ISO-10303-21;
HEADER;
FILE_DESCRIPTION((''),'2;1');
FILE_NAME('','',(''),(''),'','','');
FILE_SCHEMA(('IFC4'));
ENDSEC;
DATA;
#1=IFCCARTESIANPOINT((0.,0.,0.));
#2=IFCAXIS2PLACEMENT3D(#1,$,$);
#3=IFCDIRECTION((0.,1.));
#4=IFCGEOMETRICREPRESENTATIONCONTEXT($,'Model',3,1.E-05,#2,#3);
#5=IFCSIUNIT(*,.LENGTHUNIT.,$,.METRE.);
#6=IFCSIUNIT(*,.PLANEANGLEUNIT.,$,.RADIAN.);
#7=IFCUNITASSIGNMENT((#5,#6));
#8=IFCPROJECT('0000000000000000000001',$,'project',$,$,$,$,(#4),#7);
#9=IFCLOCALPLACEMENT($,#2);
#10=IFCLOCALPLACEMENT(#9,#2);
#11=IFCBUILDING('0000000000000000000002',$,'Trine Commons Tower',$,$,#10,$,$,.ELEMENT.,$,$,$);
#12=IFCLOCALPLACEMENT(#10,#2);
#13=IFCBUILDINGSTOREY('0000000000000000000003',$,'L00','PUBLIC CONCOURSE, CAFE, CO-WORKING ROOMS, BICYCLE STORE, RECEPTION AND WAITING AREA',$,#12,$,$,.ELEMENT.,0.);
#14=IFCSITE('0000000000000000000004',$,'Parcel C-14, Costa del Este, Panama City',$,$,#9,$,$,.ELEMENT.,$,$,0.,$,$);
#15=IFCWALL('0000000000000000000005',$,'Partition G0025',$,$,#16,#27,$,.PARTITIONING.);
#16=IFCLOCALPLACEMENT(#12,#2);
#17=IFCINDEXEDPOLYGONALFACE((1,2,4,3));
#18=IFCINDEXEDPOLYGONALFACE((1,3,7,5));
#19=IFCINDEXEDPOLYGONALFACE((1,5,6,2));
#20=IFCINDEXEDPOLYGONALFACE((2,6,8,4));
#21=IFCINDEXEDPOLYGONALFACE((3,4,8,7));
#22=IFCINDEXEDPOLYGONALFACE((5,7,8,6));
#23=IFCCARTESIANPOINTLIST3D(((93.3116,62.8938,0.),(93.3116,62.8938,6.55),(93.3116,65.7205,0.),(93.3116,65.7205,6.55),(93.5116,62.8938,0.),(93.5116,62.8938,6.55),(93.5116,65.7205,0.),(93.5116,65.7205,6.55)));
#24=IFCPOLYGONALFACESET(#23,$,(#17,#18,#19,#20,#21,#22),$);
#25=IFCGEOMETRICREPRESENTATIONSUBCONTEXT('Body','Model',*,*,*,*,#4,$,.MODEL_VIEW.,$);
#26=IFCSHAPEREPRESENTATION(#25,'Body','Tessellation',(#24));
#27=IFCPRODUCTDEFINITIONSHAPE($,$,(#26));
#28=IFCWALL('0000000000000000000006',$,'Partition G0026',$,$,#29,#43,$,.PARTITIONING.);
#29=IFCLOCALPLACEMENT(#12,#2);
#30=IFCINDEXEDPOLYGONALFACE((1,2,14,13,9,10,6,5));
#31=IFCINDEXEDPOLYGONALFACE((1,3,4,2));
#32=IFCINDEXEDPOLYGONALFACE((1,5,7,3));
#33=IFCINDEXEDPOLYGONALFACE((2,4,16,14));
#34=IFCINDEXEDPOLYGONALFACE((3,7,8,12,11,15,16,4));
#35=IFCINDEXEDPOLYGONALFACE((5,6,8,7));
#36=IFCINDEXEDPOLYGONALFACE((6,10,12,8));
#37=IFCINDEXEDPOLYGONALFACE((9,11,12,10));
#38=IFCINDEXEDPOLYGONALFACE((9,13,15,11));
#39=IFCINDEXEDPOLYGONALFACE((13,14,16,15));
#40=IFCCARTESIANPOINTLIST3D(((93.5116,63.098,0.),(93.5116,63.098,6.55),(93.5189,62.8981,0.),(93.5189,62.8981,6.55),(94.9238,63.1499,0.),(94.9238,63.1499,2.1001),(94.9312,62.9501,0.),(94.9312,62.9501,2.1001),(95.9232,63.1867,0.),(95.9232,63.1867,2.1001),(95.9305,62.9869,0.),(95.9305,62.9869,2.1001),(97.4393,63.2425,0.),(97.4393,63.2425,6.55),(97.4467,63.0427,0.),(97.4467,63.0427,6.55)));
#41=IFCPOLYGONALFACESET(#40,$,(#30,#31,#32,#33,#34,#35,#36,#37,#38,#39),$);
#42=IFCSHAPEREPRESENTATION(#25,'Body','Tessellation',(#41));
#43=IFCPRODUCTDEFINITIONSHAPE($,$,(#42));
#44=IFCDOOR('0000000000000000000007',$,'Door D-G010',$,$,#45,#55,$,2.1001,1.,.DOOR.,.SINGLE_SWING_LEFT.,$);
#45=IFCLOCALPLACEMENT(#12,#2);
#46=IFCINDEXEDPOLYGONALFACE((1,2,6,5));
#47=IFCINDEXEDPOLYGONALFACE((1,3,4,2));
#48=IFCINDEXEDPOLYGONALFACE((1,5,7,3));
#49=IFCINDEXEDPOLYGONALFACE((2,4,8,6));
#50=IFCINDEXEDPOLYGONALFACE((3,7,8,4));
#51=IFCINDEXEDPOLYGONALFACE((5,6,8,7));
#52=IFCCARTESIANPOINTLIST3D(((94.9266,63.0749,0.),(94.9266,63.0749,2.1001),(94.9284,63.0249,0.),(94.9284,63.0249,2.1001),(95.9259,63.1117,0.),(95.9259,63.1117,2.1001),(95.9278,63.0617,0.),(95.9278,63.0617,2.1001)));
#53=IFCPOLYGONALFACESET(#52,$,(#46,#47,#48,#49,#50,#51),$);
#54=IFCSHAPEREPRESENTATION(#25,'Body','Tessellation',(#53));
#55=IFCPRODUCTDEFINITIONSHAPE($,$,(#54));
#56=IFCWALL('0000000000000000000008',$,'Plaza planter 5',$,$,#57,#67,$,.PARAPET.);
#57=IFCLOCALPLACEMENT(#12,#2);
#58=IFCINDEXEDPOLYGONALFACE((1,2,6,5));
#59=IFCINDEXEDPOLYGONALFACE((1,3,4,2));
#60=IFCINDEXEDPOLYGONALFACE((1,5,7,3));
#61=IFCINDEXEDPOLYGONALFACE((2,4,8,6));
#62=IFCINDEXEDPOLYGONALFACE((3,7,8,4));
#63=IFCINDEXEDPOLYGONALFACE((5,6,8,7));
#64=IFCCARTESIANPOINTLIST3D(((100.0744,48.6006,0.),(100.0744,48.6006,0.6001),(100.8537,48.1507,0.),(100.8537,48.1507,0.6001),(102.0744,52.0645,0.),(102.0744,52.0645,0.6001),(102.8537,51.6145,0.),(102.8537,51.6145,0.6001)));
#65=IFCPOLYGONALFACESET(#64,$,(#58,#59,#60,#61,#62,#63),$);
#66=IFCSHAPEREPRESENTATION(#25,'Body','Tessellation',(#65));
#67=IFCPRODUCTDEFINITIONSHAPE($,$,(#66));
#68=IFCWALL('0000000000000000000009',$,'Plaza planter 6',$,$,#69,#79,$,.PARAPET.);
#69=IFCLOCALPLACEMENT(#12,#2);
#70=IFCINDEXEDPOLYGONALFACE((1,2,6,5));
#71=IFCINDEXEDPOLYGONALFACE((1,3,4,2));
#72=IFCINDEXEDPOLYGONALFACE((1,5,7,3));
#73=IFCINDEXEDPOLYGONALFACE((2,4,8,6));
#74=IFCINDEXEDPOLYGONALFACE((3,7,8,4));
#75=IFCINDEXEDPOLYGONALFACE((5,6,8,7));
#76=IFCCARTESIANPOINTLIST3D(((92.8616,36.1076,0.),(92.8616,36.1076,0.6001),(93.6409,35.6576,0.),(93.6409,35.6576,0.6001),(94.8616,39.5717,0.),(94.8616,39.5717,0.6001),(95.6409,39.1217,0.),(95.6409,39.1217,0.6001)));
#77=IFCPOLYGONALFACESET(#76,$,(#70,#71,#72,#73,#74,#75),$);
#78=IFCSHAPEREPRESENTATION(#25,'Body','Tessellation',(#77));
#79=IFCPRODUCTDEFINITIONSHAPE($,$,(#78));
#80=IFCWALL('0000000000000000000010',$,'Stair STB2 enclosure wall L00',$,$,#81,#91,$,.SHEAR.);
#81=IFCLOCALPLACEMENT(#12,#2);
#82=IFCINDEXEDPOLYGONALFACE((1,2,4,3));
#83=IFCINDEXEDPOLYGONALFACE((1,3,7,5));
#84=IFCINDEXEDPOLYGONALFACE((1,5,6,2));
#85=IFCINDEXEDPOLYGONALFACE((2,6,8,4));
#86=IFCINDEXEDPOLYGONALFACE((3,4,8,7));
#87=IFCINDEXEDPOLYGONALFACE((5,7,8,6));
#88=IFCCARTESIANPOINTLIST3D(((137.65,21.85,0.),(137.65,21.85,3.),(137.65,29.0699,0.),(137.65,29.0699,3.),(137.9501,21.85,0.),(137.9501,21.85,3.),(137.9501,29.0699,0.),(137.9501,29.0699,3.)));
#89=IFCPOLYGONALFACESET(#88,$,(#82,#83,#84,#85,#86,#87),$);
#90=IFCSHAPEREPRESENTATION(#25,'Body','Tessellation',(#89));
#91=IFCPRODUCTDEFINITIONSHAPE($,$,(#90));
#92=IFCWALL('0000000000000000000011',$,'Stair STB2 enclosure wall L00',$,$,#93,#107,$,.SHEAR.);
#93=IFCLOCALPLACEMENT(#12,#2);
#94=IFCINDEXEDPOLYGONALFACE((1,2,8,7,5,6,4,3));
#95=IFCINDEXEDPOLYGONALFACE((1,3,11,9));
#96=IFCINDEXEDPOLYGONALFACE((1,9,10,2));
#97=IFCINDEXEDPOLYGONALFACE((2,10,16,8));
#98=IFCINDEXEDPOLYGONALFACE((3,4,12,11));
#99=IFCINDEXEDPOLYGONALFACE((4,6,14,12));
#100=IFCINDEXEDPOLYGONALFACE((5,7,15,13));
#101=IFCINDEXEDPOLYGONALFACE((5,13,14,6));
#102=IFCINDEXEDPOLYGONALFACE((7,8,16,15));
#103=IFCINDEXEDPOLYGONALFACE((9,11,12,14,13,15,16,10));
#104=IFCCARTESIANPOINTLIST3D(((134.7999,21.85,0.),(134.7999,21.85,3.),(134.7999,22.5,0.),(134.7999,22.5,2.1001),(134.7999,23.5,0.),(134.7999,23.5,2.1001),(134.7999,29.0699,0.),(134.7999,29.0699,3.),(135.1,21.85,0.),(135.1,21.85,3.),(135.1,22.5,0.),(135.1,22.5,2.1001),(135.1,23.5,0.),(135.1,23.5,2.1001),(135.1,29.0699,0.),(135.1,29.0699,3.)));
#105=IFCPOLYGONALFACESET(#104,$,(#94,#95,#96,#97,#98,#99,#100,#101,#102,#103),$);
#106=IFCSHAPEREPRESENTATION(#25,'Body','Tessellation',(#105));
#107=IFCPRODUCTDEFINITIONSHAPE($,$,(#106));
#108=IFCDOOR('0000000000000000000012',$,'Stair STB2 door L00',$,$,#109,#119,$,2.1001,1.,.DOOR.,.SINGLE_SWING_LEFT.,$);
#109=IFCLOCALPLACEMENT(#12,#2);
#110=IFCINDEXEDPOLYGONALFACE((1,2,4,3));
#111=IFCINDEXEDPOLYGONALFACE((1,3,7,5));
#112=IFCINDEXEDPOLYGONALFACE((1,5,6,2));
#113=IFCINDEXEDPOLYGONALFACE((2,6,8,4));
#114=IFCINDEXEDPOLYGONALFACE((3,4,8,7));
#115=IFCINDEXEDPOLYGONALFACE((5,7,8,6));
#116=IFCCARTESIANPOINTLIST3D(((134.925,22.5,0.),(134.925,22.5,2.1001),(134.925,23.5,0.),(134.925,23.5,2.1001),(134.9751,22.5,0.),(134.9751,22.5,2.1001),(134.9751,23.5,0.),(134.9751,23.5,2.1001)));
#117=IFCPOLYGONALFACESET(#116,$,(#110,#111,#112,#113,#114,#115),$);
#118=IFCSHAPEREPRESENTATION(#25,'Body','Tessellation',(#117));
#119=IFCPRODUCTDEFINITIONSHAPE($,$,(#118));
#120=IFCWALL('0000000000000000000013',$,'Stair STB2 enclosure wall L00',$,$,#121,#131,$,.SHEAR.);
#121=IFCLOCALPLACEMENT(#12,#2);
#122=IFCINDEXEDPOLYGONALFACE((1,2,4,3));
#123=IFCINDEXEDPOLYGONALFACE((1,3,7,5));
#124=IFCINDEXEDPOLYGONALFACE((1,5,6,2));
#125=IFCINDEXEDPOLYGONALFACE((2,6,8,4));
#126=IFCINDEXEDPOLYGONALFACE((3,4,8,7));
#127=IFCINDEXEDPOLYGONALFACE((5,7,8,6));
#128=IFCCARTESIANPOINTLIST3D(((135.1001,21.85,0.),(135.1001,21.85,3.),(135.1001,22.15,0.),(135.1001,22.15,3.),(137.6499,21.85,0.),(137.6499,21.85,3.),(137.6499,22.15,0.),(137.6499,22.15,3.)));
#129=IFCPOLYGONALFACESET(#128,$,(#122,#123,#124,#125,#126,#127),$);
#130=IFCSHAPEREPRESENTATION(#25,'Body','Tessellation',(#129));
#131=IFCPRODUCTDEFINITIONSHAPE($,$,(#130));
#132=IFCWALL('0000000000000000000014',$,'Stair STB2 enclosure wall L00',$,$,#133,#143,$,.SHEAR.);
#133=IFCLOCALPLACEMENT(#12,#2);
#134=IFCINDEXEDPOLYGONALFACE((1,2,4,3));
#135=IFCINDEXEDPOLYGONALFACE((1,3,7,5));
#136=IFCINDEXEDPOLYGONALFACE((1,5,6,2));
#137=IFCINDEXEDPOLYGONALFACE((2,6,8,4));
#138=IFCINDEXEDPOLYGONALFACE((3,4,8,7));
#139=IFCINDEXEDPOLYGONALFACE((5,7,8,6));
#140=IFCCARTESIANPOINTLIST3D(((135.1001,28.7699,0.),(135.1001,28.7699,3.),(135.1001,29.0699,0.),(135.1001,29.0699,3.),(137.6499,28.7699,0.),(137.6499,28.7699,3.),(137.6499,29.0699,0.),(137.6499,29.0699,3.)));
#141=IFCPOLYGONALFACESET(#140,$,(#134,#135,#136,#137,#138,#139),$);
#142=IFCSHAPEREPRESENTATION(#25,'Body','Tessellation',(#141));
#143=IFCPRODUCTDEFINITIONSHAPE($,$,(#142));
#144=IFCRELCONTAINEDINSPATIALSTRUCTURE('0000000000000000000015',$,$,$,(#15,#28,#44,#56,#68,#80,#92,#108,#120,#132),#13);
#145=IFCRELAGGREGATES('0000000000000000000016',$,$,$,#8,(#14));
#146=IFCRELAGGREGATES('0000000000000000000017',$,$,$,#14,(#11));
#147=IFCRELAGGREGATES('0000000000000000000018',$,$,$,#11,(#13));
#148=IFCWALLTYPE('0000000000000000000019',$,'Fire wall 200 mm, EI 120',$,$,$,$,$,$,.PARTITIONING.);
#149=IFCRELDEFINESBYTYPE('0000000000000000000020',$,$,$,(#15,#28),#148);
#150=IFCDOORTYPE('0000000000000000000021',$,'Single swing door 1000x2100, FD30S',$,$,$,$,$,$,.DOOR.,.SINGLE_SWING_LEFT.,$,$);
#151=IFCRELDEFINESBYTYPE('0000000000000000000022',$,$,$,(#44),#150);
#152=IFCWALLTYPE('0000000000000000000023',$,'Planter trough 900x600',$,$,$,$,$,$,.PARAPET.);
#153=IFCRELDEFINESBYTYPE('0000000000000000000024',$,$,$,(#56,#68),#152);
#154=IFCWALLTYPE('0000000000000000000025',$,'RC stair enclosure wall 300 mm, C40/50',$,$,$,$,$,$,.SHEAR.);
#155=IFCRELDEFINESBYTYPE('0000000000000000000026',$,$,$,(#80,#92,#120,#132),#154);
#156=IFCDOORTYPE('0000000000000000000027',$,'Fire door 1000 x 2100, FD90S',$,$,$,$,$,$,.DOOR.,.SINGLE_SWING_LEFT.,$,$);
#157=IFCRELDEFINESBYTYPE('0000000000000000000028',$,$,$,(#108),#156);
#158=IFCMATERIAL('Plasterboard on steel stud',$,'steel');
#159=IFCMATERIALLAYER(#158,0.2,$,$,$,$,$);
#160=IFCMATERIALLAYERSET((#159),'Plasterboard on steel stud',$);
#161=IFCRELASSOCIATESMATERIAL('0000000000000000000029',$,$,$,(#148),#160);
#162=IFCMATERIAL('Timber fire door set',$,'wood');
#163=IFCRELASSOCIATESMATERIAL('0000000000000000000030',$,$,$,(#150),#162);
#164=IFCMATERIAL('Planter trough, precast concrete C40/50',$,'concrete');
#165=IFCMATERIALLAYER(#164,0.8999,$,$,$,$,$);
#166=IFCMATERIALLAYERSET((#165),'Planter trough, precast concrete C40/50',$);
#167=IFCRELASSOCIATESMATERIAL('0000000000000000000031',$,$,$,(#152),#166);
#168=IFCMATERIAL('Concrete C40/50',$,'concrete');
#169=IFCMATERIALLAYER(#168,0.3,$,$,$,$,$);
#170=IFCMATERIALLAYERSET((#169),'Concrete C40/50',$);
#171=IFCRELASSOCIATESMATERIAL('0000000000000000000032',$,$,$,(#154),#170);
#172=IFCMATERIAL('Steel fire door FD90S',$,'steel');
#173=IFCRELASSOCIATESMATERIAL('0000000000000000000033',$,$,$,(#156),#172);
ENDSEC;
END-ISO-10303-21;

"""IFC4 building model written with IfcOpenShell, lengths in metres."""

from ifc_helpers import new_model, si_unit, direction, frame, frame_2d, origin, place, context, subcontext, project, spatial, rectangle, extrude, material, layer, layer_set, type_object, element, fill, save


model = new_model("IFC4")

# Units and contexts
model_context = context("Model", 3, precision=1e-05, world=origin(), true_north=direction((0.0, 1.0)))
body_context = subcontext(model_context, "Body", "Model", "MODEL_VIEW")
ifc_project = project(units=[si_unit("LENGTHUNIT", "METRE"), si_unit("PLANEANGLEUNIT", "RADIAN")], contexts=[model_context])

# Site, building, storey
site_placement = place(None, origin())
site = spatial("IfcSite", under=ifc_project, at=site_placement, Name="Parcel C-14, Costa del Este, Panama City", CompositionType="ELEMENT", RefElevation=0.0)
building_placement = place(site_placement, origin())
building = spatial("IfcBuilding", under=site, at=building_placement, Name="Trine Commons Tower", CompositionType="ELEMENT")
storey_placement = place(building_placement, origin())
storey = spatial("IfcBuildingStorey", under=building, at=storey_placement, Name="L00", Description="PUBLIC CONCOURSE, CAFE, CO-WORKING ROOMS, BICYCLE STORE, RECEPTION AND WAITING AREA", CompositionType="ELEMENT", Elevation=0.0)

# Wall
ifc_material_1 = material(Name="Plasterboard on steel stud", Category="steel")
ifc_layer_1 = layer(ifc_material_1, 0.2)
ifc_layer_set_1 = layer_set([ifc_layer_1], Name="Plasterboard on steel stud")
wall_type_1 = type_object("IfcWallType", Name="Fire wall 200 mm, EI 120", PredefinedType="PARTITIONING", material=ifc_layer_set_1)
wall_1_placement = place(storey_placement, frame((93.4116, 62.8938, 0.0), z_axis=(0.0, 0.0, 1.0), x_axis=(0.0, 1.0, 0.0)))
element("IfcWall", 1, at=wall_1_placement, inside=storey, type_object=wall_type_1, Name="Partition G0025", PredefinedType="PARTITIONING", context=body_context, shape_type="SweptSolid", body=[
    extrude(rectangle(XDim=2.8267, YDim=0.2, at=frame_2d((1.4133, 0.0))), origin(), (0.0, 0.0, 1.0), 6.55),
])

# Wall, opening, door
wall_2_placement = place(storey_placement, frame((93.5151, 62.998, 0.0), z_axis=(0.0, 0.0, 1.0), x_axis=(0.999324, 0.036773, 0.0)))
wall_2 = element("IfcWall", 2, at=wall_2_placement, inside=storey, type_object=wall_type_1, Name="Partition G0026", PredefinedType="PARTITIONING", context=body_context, shape_type="SweptSolid", body=[
    extrude(rectangle(XDim=3.9304, YDim=0.2, at=frame_2d((1.9653, 0.0))), origin(), (0.0, 0.0, 1.0), 6.55),
])
opening_1_placement = place(wall_2_placement, frame((1.4133, 0.0, 0.0)))
opening_1 = element("IfcOpeningElement", 3, at=opening_1_placement, cuts=wall_2, PredefinedType="OPENING", context=body_context, shape_type="SweptSolid", body=[
    extrude(rectangle(XDim=1.0, YDim=2.1001, at=frame_2d((0.5, 1.05))), frame((0.0, 0.1099, 0.0), z_axis=(0.0, -1.0, 0.0), x_axis=(1.0, 0.0, 0.0)), (0.0, 0.0, 1.0), 0.22),
])
ifc_material_2 = material(Name="Timber fire door set", Category="wood")
door_type_1 = type_object("IfcDoorType", Name="Single swing door 1000x2100, FD30S", OperationType="SINGLE_SWING_LEFT", PredefinedType="DOOR", material=ifc_material_2)
door_1_placement = place(opening_1_placement, origin())
door_1 = element("IfcDoor", 4, at=door_1_placement, inside=storey, type_object=door_type_1, Name="Door D-G010", OperationType="SINGLE_SWING_LEFT", OverallHeight=2.1001, OverallWidth=1.0, PredefinedType="DOOR", context=body_context, shape_type="SweptSolid", body=[
    extrude(rectangle(XDim=1.0, YDim=2.1001, at=frame_2d((0.5, 1.05))), frame((0.0, 0.0249, 0.0), z_axis=(0.0, -1.0, 0.0), x_axis=(1.0, 0.0, 0.0)), (0.0, 0.0, 1.0), 0.05),
])
fill(opening_1, door_1)

# Walls
ifc_material_3 = material(Name="Planter trough, precast concrete C40/50", Category="concrete")
ifc_layer_2 = layer(ifc_material_3, 0.8999)
ifc_layer_set_2 = layer_set([ifc_layer_2], Name="Planter trough, precast concrete C40/50")
wall_type_2 = type_object("IfcWallType", Name="Planter trough 900x600", PredefinedType="PARAPET", material=ifc_layer_set_2)
wall_3_placement = place(storey_placement, frame((102.4641, 51.8396, 0.0), z_axis=(0.0, 0.0, 1.0), x_axis=(-0.500025, -0.866011, 0.0)))
element("IfcWall", 5, at=wall_3_placement, inside=storey, type_object=wall_type_2, Name="Plaza planter 5", PredefinedType="PARAPET", context=body_context, shape_type="SweptSolid", body=[
    extrude(rectangle(XDim=3.9998, YDim=0.8999, at=frame_2d((2.0, 0.0))), origin(), (0.0, 0.0, 1.0), 0.6001),
])
wall_4_placement = place(storey_placement, frame((95.2512, 39.3467, 0.0), z_axis=(0.0, 0.0, 1.0), x_axis=(-0.499999, -0.866026, 0.0)))
element("IfcWall", 6, at=wall_4_placement, inside=storey, type_object=wall_type_2, Name="Plaza planter 6", PredefinedType="PARAPET", context=body_context, shape_type="SweptSolid", body=[
    extrude(rectangle(XDim=4.0, YDim=0.8999, at=frame_2d((2.0, 0.0))), origin(), (0.0, 0.0, 1.0), 0.6001),
])
ifc_material_4 = material(Name="Concrete C40/50", Category="concrete")
ifc_layer_3 = layer(ifc_material_4, 0.3)
ifc_layer_set_3 = layer_set([ifc_layer_3], Name="Concrete C40/50")
wall_type_3 = type_object("IfcWallType", Name="RC stair enclosure wall 300 mm, C40/50", PredefinedType="SHEAR", material=ifc_layer_set_3)
wall_5_placement = place(storey_placement, frame((137.8, 21.8501, 0.0), z_axis=(0.0, 0.0, 1.0), x_axis=(0.0, 1.0, 0.0)))
element("IfcWall", 7, at=wall_5_placement, inside=storey, type_object=wall_type_3, Name="Stair STB2 enclosure wall L00", PredefinedType="SHEAR", context=body_context, shape_type="SweptSolid", body=[
    extrude(rectangle(XDim=7.22, YDim=0.3, at=frame_2d((3.6099, 0.0))), origin(), (0.0, 0.0, 1.0), 3.0),
])

# Wall, opening, door
wall_6_placement = place(storey_placement, frame((134.95, 21.8501, 0.0), z_axis=(0.0, 0.0, 1.0), x_axis=(0.0, 1.0, 0.0)))
wall_6 = element("IfcWall", 8, at=wall_6_placement, inside=storey, type_object=wall_type_3, Name="Stair STB2 enclosure wall L00", PredefinedType="SHEAR", context=body_context, shape_type="SweptSolid", body=[
    extrude(rectangle(XDim=7.22, YDim=0.3, at=frame_2d((3.6099, 0.0))), origin(), (0.0, 0.0, 1.0), 3.0),
])
opening_2_placement = place(wall_6_placement, frame((0.6499, 0.0, 0.0)))
opening_2 = element("IfcOpeningElement", 9, at=opening_2_placement, cuts=wall_6, PredefinedType="OPENING", context=body_context, shape_type="SweptSolid", body=[
    extrude(rectangle(XDim=1.0, YDim=2.1001, at=frame_2d((0.5, 1.05))), frame((0.0, 0.1599, 0.0), z_axis=(0.0, -1.0, 0.0), x_axis=(1.0, 0.0, 0.0)), (0.0, 0.0, 1.0), 0.3201),
])
ifc_material_5 = material(Name="Steel fire door FD90S", Category="steel")
door_type_2 = type_object("IfcDoorType", Name="Fire door 1000 x 2100, FD90S", OperationType="SINGLE_SWING_LEFT", PredefinedType="DOOR", material=ifc_material_5)
door_2_placement = place(opening_2_placement, origin())
door_2 = element("IfcDoor", 10, at=door_2_placement, inside=storey, type_object=door_type_2, Name="Stair STB2 door L00", OperationType="SINGLE_SWING_LEFT", OverallHeight=2.1001, OverallWidth=1.0, PredefinedType="DOOR", context=body_context, shape_type="SweptSolid", body=[
    extrude(rectangle(XDim=1.0, YDim=2.1001, at=frame_2d((0.5, 1.05))), frame((0.0, 0.0249, 0.0), z_axis=(0.0, -1.0, 0.0), x_axis=(1.0, 0.0, 0.0)), (0.0, 0.0, 1.0), 0.05),
])
fill(opening_2, door_2)

# Walls
for number, where, z_axis, x_axis, name in (
    (11, (137.6499, 22.0, 0.0), (0.0, 0.0, 1.0), (-1.0, 0.0, 0.0), "Stair STB2 enclosure wall L00"),
    (12, (137.6499, 28.9199, 0.0), (0.0, 0.0, 1.0), (-1.0, 0.0, 0.0), "Stair STB2 enclosure wall L00"),
):
    element("IfcWall", number, at=place(storey_placement, frame(where, z_axis=z_axis, x_axis=x_axis)), inside=storey, type_object=wall_type_3, Name=name, PredefinedType="SHEAR", context=body_context, shape_type="SweptSolid", body=[
        extrude(rectangle(XDim=2.5498, YDim=0.3, at=frame_2d((1.2749, 0.0))), origin(), (0.0, 0.0, 1.0), 3.0),
    ])

save(model, "model.ifc")
